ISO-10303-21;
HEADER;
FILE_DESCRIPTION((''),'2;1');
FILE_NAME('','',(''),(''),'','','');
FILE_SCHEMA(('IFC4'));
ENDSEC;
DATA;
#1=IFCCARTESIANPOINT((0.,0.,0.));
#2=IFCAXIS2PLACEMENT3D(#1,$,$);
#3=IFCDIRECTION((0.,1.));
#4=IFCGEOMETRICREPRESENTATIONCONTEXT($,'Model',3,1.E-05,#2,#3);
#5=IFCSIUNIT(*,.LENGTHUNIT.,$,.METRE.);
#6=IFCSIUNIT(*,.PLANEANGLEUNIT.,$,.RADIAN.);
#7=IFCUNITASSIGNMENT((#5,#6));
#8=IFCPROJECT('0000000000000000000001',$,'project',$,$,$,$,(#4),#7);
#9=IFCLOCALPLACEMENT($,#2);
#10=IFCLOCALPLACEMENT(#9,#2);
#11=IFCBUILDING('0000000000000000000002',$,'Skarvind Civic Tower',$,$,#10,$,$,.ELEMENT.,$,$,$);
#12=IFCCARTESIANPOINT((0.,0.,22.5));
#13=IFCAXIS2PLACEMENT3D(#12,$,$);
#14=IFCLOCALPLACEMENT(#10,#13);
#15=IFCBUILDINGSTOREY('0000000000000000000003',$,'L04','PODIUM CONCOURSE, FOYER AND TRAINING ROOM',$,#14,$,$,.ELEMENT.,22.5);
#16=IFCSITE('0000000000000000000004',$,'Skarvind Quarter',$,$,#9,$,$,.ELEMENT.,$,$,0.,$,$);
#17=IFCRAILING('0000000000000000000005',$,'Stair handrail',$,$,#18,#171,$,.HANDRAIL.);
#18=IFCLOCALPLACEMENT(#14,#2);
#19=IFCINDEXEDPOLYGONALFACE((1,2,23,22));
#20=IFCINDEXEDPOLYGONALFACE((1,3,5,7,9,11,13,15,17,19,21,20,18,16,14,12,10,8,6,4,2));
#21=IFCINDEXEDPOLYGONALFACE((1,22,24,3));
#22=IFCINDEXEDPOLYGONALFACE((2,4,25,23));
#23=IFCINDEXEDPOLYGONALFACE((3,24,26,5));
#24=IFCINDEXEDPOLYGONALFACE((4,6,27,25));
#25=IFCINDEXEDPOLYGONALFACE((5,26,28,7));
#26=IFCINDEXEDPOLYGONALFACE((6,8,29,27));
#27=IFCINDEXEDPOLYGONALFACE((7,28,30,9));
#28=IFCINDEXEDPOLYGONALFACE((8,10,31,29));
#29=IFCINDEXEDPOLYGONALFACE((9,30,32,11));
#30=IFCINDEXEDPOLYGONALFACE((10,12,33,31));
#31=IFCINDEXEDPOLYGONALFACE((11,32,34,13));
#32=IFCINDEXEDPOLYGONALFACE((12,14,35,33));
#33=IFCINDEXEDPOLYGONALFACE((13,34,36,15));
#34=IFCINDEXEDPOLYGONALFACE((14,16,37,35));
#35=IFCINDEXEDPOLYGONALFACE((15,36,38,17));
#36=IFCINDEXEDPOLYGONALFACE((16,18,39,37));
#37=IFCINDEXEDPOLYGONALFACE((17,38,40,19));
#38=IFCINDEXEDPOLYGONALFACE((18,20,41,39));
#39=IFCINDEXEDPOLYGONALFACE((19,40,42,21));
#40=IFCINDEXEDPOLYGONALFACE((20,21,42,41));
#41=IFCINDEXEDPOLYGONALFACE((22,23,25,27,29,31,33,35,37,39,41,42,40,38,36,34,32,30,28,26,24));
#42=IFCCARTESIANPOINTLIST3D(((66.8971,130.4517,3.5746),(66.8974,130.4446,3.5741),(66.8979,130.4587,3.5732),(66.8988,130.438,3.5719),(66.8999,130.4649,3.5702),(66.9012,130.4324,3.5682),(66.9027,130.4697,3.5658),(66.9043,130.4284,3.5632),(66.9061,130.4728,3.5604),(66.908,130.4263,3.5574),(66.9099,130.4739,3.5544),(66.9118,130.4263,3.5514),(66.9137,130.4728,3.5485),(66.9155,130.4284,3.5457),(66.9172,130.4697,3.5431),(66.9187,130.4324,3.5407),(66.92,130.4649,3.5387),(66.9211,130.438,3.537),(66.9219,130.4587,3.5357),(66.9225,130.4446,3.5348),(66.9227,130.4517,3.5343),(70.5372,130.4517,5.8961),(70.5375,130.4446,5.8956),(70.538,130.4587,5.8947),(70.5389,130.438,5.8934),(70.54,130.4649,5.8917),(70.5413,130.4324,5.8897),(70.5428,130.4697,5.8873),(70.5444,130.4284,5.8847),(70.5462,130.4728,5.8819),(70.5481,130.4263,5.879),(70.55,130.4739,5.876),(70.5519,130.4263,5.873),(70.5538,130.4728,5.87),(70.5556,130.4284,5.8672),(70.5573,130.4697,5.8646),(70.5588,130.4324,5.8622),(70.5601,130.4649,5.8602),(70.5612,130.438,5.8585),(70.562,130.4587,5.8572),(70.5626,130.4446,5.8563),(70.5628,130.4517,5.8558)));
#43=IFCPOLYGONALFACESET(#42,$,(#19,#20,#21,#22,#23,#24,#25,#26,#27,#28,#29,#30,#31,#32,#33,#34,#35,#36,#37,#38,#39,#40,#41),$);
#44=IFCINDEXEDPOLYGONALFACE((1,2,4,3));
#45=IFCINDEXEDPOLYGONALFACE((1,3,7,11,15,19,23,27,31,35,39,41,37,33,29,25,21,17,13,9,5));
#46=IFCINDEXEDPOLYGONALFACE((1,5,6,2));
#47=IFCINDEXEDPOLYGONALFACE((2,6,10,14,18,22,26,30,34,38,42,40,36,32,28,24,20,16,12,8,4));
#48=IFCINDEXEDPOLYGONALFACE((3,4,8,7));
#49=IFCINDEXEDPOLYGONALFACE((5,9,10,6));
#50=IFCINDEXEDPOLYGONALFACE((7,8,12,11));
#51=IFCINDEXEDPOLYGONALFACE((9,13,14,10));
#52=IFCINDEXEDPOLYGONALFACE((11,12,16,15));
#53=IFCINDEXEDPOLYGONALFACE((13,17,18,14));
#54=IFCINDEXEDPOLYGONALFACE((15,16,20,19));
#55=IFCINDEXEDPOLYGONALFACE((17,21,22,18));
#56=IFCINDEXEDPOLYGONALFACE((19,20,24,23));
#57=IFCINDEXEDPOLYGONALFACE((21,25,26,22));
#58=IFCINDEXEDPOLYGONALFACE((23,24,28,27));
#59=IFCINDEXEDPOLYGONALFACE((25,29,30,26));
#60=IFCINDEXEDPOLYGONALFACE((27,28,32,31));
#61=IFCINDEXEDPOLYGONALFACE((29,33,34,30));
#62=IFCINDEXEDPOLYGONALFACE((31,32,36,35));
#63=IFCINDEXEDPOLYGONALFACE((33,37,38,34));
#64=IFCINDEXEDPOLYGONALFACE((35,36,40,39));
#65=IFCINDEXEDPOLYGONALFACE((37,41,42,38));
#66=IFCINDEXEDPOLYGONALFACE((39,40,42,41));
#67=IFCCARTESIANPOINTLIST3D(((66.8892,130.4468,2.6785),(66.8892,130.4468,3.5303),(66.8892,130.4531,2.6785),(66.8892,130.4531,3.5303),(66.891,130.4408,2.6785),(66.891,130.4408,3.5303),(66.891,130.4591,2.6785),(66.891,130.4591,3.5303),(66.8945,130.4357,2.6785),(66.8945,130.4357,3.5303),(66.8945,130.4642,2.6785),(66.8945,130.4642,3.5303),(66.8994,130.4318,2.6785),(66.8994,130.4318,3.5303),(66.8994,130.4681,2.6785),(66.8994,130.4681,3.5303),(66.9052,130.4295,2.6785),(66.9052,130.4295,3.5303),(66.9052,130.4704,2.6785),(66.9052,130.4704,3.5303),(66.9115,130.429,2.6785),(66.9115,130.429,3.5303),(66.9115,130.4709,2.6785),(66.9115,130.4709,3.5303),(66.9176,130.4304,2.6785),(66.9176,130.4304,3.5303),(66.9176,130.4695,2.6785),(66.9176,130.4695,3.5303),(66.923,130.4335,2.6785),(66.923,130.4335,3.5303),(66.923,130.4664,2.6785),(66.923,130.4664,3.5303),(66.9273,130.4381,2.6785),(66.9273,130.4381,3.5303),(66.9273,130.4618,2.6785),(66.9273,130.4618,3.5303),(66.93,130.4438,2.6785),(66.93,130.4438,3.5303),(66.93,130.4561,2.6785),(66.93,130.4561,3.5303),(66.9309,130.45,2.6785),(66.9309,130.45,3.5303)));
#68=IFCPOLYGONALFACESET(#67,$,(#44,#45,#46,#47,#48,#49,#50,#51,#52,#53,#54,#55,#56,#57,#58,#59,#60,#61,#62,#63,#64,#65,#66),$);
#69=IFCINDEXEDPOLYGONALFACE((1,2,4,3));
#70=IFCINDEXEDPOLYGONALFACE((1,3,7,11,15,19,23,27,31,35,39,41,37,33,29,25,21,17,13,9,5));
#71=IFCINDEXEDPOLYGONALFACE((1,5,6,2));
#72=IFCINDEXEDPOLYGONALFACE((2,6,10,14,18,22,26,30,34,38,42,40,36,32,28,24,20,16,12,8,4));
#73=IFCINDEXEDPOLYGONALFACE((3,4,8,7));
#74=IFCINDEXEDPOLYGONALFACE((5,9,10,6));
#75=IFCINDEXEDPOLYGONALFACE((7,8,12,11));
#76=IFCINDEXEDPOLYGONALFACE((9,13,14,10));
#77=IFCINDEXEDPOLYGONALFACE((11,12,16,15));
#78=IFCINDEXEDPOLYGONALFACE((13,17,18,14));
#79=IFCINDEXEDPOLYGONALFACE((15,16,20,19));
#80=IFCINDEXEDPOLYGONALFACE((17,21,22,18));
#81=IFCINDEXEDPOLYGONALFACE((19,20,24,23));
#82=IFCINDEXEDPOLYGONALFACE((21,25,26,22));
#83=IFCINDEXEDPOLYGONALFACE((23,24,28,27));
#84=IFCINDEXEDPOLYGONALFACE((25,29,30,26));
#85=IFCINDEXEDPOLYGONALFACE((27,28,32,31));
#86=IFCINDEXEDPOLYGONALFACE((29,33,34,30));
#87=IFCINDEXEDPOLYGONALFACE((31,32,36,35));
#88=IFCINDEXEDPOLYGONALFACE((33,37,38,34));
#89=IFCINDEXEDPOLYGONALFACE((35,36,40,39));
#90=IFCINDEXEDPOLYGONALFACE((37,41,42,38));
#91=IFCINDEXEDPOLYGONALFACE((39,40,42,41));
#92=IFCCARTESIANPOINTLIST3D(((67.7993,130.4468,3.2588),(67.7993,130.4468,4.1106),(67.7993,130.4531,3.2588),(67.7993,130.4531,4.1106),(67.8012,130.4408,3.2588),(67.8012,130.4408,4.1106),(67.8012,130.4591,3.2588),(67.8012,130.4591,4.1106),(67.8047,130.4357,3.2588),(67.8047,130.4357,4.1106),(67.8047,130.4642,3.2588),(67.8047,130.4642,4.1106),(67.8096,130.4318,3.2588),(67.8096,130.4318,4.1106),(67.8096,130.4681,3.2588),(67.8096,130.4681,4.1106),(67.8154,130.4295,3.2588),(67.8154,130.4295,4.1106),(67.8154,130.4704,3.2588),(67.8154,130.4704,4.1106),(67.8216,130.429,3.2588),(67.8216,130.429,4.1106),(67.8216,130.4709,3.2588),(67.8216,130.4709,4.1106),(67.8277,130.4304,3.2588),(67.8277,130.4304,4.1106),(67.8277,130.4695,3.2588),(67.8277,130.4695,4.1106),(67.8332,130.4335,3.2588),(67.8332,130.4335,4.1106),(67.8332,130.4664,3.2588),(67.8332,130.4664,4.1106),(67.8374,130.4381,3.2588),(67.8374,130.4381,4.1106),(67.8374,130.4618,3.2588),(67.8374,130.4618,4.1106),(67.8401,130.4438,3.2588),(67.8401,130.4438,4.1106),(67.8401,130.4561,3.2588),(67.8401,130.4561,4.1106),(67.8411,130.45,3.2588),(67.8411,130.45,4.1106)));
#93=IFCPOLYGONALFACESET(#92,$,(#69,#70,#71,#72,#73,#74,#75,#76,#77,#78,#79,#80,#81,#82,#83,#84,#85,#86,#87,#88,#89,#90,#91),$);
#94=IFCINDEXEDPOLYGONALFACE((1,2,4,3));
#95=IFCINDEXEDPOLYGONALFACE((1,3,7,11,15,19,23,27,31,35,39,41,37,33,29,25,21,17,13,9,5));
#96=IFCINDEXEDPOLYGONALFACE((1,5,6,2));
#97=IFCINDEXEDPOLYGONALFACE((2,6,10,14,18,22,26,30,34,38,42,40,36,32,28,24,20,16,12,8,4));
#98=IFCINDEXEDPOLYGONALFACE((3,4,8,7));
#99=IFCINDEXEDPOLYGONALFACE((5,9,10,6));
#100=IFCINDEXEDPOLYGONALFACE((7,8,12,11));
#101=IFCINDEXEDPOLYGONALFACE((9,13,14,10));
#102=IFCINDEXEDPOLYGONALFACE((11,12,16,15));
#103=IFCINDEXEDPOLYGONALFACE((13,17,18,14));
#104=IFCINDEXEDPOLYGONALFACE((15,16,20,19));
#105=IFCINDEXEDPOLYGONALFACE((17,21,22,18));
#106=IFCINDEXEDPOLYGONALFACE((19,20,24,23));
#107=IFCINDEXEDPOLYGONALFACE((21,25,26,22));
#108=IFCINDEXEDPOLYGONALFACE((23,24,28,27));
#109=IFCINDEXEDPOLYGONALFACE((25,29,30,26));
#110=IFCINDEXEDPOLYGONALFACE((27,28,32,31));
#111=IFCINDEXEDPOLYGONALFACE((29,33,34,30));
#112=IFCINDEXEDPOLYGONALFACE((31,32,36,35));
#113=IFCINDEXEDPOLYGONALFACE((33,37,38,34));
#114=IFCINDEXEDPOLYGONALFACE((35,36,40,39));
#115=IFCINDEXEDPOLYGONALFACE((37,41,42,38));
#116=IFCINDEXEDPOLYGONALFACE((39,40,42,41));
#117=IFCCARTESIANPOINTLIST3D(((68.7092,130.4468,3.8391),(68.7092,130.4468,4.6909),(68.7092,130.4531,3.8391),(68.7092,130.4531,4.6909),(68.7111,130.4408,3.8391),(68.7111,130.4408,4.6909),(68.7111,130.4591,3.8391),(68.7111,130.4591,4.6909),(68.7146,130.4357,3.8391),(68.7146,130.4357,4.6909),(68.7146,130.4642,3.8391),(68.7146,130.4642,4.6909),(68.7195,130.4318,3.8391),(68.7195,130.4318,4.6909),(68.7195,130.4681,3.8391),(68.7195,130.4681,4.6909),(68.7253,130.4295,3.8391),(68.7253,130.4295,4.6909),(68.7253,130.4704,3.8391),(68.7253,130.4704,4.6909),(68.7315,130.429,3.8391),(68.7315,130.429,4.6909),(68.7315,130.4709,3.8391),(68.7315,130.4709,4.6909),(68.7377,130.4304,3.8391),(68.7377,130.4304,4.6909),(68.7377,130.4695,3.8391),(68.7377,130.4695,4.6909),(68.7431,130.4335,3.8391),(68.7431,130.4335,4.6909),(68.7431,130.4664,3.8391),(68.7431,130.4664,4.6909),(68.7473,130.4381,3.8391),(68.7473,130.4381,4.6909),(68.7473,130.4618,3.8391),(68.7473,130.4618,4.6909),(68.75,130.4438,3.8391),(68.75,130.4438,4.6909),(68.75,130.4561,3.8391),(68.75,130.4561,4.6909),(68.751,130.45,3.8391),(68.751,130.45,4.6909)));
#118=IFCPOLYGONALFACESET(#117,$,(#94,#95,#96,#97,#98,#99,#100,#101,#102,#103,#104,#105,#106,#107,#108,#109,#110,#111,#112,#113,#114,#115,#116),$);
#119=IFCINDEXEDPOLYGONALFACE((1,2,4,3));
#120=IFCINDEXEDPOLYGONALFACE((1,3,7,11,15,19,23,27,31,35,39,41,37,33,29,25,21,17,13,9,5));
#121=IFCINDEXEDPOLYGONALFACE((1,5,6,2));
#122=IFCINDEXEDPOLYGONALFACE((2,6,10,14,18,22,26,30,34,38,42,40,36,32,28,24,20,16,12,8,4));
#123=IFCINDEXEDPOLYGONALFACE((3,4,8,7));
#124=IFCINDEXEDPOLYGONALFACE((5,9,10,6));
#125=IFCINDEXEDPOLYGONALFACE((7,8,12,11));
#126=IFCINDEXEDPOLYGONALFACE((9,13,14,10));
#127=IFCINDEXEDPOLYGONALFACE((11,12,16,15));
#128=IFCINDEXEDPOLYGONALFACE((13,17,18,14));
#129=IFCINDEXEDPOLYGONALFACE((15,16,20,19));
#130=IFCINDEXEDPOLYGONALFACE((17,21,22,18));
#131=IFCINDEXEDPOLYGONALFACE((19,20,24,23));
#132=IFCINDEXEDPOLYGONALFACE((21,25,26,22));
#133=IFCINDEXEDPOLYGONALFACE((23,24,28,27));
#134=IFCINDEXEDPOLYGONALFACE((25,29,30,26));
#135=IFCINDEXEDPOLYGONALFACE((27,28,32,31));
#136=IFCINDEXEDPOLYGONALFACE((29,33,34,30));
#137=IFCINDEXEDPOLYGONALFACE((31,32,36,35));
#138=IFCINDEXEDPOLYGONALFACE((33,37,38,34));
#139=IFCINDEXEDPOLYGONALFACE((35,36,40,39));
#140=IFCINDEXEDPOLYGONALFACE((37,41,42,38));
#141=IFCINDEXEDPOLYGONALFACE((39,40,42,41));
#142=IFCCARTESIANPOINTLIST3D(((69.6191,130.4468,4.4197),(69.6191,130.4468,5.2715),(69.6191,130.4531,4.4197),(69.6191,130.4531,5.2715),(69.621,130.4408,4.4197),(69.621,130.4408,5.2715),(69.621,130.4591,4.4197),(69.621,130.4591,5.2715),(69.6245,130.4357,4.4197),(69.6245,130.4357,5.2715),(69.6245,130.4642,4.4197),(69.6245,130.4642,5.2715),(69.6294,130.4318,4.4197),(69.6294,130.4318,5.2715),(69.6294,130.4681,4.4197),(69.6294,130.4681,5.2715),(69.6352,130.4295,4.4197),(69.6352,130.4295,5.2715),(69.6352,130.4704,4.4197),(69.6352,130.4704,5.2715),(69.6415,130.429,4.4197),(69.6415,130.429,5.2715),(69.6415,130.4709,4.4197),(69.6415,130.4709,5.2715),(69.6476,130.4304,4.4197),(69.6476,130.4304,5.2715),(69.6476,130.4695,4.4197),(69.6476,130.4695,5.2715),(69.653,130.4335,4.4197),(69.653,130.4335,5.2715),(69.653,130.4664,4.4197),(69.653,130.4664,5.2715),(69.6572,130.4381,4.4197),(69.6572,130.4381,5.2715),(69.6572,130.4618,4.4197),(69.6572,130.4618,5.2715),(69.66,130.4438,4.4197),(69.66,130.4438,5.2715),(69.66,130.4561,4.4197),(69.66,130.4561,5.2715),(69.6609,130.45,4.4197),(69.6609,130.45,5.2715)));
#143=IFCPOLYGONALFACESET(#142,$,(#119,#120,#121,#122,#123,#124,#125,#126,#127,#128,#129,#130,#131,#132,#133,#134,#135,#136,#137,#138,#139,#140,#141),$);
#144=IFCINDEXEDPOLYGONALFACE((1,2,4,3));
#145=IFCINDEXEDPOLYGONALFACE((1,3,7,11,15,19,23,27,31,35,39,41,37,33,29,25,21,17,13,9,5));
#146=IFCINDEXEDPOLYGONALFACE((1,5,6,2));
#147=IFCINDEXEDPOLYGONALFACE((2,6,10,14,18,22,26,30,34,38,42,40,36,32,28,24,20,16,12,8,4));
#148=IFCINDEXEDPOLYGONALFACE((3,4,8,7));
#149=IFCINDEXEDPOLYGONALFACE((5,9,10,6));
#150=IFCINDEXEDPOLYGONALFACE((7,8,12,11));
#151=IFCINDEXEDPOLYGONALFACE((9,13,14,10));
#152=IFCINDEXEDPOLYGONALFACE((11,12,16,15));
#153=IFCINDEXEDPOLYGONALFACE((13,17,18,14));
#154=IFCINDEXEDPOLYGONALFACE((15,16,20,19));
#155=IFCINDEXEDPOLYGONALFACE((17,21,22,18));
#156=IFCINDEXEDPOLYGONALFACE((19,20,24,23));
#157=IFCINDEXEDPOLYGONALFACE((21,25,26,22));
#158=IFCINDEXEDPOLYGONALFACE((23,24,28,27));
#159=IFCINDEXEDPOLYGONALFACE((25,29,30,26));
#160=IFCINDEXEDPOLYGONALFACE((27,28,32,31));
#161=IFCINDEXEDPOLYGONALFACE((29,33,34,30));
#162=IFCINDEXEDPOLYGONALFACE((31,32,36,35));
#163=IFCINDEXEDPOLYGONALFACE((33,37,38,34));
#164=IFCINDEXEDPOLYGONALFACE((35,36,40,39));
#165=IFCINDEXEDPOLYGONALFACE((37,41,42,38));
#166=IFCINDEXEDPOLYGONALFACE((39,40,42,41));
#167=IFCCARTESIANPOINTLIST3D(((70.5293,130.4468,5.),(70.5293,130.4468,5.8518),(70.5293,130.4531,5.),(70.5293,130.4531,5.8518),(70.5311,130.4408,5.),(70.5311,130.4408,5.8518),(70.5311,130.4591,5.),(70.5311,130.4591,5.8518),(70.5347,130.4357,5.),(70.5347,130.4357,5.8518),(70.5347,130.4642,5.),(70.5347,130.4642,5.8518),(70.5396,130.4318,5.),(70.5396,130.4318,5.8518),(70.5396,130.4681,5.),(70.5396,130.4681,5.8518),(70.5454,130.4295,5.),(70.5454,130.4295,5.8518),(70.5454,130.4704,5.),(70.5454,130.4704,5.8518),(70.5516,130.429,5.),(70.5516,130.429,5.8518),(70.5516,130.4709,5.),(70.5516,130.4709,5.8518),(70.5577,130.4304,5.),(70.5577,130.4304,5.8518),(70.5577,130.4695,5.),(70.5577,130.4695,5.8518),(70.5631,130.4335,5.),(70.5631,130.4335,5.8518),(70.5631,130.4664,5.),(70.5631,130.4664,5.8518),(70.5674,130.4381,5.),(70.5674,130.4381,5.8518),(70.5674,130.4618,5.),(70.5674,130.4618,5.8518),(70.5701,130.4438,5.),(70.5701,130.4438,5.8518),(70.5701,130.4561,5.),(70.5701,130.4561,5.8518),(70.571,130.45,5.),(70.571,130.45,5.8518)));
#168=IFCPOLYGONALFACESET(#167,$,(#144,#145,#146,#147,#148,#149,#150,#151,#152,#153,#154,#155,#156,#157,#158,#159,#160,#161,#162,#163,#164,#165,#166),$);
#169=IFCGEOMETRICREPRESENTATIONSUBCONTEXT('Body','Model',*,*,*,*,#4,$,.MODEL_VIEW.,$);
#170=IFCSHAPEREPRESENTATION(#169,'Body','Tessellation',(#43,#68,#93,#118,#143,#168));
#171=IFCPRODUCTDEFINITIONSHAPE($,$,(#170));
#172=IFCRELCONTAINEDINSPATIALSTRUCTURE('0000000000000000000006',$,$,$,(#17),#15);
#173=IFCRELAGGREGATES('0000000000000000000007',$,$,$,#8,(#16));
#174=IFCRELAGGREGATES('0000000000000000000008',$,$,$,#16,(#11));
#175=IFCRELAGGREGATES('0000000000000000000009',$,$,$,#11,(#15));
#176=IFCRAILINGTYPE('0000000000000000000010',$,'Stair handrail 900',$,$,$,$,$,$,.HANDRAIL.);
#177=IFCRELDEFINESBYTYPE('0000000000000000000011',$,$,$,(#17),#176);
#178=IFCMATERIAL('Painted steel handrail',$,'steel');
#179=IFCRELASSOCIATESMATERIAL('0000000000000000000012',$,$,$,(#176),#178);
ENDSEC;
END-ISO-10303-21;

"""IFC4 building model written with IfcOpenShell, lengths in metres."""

from ifc_helpers import new_model, si_unit, direction, frame, origin, origin_2d, place, context, subcontext, project, spatial, circle, extrude, material, type_object, element, save


model = new_model("IFC4")

# Units and contexts
model_context = context("Model", 3, precision=1e-05, world=origin(), true_north=direction((0.0, 1.0)))
body_context = subcontext(model_context, "Body", "Model", "MODEL_VIEW")
ifc_project = project(units=[si_unit("LENGTHUNIT", "METRE"), si_unit("PLANEANGLEUNIT", "RADIAN")], contexts=[model_context])

# Site, building, storey
site_placement = place(None, origin())
site = spatial("IfcSite", under=ifc_project, at=site_placement, Name="Skarvind Quarter", CompositionType="ELEMENT", RefElevation=0.0)
building_placement = place(site_placement, origin())
building = spatial("IfcBuilding", under=site, at=building_placement, Name="Skarvind Civic Tower", CompositionType="ELEMENT")
storey_placement = place(building_placement, frame((0.0, 0.0, 22.5)))
storey = spatial("IfcBuildingStorey", under=building, at=storey_placement, Name="L04", Description="PODIUM CONCOURSE, FOYER AND TRAINING ROOM", CompositionType="ELEMENT", Elevation=22.5)

# Railing
ifc_material_1 = material(Name="Painted steel handrail", Category="steel")
railing_type = type_object("IfcRailingType", Name="Stair handrail 900", PredefinedType="HANDRAIL", material=ifc_material_1)
railing_1_placement = place(storey_placement, frame((66.9099, 130.45, 2.6785)))
element("IfcRailing", 1, at=railing_1_placement, inside=storey, type_object=railing_type, Name="Stair handrail", PredefinedType="HANDRAIL", context=body_context, shape_type="SweptSolid", body=[
    extrude(circle(Radius=0.0239, at=origin_2d()), frame((0.0, 0.0, 0.876), z_axis=(0.843128, 0.0, 0.537713), x_axis=(0.0, 1.0, 0.0)), (0.0, 0.0, 1.0), 4.3174),
    extrude(circle(Radius=0.021, at=origin_2d()), origin(), (0.0, 0.0, 1.0), 0.8518),
    extrude(circle(Radius=0.021, at=origin_2d()), frame((0.9102, 0.0, 0.5803)), (0.0, 0.0, 1.0), 0.8518),
    extrude(circle(Radius=0.021, at=origin_2d()), frame((1.8201, 0.0, 1.1606)), (0.0, 0.0, 1.0), 0.8518),
    extrude(circle(Radius=0.021, at=origin_2d()), frame((2.73, 0.0, 1.7412)), (0.0, 0.0, 1.0), 0.8518),
    extrude(circle(Radius=0.021, at=origin_2d()), frame((3.6401, 0.0, 2.3215)), (0.0, 0.0, 1.0), 0.8518),
])

save(model, "model.ifc")
